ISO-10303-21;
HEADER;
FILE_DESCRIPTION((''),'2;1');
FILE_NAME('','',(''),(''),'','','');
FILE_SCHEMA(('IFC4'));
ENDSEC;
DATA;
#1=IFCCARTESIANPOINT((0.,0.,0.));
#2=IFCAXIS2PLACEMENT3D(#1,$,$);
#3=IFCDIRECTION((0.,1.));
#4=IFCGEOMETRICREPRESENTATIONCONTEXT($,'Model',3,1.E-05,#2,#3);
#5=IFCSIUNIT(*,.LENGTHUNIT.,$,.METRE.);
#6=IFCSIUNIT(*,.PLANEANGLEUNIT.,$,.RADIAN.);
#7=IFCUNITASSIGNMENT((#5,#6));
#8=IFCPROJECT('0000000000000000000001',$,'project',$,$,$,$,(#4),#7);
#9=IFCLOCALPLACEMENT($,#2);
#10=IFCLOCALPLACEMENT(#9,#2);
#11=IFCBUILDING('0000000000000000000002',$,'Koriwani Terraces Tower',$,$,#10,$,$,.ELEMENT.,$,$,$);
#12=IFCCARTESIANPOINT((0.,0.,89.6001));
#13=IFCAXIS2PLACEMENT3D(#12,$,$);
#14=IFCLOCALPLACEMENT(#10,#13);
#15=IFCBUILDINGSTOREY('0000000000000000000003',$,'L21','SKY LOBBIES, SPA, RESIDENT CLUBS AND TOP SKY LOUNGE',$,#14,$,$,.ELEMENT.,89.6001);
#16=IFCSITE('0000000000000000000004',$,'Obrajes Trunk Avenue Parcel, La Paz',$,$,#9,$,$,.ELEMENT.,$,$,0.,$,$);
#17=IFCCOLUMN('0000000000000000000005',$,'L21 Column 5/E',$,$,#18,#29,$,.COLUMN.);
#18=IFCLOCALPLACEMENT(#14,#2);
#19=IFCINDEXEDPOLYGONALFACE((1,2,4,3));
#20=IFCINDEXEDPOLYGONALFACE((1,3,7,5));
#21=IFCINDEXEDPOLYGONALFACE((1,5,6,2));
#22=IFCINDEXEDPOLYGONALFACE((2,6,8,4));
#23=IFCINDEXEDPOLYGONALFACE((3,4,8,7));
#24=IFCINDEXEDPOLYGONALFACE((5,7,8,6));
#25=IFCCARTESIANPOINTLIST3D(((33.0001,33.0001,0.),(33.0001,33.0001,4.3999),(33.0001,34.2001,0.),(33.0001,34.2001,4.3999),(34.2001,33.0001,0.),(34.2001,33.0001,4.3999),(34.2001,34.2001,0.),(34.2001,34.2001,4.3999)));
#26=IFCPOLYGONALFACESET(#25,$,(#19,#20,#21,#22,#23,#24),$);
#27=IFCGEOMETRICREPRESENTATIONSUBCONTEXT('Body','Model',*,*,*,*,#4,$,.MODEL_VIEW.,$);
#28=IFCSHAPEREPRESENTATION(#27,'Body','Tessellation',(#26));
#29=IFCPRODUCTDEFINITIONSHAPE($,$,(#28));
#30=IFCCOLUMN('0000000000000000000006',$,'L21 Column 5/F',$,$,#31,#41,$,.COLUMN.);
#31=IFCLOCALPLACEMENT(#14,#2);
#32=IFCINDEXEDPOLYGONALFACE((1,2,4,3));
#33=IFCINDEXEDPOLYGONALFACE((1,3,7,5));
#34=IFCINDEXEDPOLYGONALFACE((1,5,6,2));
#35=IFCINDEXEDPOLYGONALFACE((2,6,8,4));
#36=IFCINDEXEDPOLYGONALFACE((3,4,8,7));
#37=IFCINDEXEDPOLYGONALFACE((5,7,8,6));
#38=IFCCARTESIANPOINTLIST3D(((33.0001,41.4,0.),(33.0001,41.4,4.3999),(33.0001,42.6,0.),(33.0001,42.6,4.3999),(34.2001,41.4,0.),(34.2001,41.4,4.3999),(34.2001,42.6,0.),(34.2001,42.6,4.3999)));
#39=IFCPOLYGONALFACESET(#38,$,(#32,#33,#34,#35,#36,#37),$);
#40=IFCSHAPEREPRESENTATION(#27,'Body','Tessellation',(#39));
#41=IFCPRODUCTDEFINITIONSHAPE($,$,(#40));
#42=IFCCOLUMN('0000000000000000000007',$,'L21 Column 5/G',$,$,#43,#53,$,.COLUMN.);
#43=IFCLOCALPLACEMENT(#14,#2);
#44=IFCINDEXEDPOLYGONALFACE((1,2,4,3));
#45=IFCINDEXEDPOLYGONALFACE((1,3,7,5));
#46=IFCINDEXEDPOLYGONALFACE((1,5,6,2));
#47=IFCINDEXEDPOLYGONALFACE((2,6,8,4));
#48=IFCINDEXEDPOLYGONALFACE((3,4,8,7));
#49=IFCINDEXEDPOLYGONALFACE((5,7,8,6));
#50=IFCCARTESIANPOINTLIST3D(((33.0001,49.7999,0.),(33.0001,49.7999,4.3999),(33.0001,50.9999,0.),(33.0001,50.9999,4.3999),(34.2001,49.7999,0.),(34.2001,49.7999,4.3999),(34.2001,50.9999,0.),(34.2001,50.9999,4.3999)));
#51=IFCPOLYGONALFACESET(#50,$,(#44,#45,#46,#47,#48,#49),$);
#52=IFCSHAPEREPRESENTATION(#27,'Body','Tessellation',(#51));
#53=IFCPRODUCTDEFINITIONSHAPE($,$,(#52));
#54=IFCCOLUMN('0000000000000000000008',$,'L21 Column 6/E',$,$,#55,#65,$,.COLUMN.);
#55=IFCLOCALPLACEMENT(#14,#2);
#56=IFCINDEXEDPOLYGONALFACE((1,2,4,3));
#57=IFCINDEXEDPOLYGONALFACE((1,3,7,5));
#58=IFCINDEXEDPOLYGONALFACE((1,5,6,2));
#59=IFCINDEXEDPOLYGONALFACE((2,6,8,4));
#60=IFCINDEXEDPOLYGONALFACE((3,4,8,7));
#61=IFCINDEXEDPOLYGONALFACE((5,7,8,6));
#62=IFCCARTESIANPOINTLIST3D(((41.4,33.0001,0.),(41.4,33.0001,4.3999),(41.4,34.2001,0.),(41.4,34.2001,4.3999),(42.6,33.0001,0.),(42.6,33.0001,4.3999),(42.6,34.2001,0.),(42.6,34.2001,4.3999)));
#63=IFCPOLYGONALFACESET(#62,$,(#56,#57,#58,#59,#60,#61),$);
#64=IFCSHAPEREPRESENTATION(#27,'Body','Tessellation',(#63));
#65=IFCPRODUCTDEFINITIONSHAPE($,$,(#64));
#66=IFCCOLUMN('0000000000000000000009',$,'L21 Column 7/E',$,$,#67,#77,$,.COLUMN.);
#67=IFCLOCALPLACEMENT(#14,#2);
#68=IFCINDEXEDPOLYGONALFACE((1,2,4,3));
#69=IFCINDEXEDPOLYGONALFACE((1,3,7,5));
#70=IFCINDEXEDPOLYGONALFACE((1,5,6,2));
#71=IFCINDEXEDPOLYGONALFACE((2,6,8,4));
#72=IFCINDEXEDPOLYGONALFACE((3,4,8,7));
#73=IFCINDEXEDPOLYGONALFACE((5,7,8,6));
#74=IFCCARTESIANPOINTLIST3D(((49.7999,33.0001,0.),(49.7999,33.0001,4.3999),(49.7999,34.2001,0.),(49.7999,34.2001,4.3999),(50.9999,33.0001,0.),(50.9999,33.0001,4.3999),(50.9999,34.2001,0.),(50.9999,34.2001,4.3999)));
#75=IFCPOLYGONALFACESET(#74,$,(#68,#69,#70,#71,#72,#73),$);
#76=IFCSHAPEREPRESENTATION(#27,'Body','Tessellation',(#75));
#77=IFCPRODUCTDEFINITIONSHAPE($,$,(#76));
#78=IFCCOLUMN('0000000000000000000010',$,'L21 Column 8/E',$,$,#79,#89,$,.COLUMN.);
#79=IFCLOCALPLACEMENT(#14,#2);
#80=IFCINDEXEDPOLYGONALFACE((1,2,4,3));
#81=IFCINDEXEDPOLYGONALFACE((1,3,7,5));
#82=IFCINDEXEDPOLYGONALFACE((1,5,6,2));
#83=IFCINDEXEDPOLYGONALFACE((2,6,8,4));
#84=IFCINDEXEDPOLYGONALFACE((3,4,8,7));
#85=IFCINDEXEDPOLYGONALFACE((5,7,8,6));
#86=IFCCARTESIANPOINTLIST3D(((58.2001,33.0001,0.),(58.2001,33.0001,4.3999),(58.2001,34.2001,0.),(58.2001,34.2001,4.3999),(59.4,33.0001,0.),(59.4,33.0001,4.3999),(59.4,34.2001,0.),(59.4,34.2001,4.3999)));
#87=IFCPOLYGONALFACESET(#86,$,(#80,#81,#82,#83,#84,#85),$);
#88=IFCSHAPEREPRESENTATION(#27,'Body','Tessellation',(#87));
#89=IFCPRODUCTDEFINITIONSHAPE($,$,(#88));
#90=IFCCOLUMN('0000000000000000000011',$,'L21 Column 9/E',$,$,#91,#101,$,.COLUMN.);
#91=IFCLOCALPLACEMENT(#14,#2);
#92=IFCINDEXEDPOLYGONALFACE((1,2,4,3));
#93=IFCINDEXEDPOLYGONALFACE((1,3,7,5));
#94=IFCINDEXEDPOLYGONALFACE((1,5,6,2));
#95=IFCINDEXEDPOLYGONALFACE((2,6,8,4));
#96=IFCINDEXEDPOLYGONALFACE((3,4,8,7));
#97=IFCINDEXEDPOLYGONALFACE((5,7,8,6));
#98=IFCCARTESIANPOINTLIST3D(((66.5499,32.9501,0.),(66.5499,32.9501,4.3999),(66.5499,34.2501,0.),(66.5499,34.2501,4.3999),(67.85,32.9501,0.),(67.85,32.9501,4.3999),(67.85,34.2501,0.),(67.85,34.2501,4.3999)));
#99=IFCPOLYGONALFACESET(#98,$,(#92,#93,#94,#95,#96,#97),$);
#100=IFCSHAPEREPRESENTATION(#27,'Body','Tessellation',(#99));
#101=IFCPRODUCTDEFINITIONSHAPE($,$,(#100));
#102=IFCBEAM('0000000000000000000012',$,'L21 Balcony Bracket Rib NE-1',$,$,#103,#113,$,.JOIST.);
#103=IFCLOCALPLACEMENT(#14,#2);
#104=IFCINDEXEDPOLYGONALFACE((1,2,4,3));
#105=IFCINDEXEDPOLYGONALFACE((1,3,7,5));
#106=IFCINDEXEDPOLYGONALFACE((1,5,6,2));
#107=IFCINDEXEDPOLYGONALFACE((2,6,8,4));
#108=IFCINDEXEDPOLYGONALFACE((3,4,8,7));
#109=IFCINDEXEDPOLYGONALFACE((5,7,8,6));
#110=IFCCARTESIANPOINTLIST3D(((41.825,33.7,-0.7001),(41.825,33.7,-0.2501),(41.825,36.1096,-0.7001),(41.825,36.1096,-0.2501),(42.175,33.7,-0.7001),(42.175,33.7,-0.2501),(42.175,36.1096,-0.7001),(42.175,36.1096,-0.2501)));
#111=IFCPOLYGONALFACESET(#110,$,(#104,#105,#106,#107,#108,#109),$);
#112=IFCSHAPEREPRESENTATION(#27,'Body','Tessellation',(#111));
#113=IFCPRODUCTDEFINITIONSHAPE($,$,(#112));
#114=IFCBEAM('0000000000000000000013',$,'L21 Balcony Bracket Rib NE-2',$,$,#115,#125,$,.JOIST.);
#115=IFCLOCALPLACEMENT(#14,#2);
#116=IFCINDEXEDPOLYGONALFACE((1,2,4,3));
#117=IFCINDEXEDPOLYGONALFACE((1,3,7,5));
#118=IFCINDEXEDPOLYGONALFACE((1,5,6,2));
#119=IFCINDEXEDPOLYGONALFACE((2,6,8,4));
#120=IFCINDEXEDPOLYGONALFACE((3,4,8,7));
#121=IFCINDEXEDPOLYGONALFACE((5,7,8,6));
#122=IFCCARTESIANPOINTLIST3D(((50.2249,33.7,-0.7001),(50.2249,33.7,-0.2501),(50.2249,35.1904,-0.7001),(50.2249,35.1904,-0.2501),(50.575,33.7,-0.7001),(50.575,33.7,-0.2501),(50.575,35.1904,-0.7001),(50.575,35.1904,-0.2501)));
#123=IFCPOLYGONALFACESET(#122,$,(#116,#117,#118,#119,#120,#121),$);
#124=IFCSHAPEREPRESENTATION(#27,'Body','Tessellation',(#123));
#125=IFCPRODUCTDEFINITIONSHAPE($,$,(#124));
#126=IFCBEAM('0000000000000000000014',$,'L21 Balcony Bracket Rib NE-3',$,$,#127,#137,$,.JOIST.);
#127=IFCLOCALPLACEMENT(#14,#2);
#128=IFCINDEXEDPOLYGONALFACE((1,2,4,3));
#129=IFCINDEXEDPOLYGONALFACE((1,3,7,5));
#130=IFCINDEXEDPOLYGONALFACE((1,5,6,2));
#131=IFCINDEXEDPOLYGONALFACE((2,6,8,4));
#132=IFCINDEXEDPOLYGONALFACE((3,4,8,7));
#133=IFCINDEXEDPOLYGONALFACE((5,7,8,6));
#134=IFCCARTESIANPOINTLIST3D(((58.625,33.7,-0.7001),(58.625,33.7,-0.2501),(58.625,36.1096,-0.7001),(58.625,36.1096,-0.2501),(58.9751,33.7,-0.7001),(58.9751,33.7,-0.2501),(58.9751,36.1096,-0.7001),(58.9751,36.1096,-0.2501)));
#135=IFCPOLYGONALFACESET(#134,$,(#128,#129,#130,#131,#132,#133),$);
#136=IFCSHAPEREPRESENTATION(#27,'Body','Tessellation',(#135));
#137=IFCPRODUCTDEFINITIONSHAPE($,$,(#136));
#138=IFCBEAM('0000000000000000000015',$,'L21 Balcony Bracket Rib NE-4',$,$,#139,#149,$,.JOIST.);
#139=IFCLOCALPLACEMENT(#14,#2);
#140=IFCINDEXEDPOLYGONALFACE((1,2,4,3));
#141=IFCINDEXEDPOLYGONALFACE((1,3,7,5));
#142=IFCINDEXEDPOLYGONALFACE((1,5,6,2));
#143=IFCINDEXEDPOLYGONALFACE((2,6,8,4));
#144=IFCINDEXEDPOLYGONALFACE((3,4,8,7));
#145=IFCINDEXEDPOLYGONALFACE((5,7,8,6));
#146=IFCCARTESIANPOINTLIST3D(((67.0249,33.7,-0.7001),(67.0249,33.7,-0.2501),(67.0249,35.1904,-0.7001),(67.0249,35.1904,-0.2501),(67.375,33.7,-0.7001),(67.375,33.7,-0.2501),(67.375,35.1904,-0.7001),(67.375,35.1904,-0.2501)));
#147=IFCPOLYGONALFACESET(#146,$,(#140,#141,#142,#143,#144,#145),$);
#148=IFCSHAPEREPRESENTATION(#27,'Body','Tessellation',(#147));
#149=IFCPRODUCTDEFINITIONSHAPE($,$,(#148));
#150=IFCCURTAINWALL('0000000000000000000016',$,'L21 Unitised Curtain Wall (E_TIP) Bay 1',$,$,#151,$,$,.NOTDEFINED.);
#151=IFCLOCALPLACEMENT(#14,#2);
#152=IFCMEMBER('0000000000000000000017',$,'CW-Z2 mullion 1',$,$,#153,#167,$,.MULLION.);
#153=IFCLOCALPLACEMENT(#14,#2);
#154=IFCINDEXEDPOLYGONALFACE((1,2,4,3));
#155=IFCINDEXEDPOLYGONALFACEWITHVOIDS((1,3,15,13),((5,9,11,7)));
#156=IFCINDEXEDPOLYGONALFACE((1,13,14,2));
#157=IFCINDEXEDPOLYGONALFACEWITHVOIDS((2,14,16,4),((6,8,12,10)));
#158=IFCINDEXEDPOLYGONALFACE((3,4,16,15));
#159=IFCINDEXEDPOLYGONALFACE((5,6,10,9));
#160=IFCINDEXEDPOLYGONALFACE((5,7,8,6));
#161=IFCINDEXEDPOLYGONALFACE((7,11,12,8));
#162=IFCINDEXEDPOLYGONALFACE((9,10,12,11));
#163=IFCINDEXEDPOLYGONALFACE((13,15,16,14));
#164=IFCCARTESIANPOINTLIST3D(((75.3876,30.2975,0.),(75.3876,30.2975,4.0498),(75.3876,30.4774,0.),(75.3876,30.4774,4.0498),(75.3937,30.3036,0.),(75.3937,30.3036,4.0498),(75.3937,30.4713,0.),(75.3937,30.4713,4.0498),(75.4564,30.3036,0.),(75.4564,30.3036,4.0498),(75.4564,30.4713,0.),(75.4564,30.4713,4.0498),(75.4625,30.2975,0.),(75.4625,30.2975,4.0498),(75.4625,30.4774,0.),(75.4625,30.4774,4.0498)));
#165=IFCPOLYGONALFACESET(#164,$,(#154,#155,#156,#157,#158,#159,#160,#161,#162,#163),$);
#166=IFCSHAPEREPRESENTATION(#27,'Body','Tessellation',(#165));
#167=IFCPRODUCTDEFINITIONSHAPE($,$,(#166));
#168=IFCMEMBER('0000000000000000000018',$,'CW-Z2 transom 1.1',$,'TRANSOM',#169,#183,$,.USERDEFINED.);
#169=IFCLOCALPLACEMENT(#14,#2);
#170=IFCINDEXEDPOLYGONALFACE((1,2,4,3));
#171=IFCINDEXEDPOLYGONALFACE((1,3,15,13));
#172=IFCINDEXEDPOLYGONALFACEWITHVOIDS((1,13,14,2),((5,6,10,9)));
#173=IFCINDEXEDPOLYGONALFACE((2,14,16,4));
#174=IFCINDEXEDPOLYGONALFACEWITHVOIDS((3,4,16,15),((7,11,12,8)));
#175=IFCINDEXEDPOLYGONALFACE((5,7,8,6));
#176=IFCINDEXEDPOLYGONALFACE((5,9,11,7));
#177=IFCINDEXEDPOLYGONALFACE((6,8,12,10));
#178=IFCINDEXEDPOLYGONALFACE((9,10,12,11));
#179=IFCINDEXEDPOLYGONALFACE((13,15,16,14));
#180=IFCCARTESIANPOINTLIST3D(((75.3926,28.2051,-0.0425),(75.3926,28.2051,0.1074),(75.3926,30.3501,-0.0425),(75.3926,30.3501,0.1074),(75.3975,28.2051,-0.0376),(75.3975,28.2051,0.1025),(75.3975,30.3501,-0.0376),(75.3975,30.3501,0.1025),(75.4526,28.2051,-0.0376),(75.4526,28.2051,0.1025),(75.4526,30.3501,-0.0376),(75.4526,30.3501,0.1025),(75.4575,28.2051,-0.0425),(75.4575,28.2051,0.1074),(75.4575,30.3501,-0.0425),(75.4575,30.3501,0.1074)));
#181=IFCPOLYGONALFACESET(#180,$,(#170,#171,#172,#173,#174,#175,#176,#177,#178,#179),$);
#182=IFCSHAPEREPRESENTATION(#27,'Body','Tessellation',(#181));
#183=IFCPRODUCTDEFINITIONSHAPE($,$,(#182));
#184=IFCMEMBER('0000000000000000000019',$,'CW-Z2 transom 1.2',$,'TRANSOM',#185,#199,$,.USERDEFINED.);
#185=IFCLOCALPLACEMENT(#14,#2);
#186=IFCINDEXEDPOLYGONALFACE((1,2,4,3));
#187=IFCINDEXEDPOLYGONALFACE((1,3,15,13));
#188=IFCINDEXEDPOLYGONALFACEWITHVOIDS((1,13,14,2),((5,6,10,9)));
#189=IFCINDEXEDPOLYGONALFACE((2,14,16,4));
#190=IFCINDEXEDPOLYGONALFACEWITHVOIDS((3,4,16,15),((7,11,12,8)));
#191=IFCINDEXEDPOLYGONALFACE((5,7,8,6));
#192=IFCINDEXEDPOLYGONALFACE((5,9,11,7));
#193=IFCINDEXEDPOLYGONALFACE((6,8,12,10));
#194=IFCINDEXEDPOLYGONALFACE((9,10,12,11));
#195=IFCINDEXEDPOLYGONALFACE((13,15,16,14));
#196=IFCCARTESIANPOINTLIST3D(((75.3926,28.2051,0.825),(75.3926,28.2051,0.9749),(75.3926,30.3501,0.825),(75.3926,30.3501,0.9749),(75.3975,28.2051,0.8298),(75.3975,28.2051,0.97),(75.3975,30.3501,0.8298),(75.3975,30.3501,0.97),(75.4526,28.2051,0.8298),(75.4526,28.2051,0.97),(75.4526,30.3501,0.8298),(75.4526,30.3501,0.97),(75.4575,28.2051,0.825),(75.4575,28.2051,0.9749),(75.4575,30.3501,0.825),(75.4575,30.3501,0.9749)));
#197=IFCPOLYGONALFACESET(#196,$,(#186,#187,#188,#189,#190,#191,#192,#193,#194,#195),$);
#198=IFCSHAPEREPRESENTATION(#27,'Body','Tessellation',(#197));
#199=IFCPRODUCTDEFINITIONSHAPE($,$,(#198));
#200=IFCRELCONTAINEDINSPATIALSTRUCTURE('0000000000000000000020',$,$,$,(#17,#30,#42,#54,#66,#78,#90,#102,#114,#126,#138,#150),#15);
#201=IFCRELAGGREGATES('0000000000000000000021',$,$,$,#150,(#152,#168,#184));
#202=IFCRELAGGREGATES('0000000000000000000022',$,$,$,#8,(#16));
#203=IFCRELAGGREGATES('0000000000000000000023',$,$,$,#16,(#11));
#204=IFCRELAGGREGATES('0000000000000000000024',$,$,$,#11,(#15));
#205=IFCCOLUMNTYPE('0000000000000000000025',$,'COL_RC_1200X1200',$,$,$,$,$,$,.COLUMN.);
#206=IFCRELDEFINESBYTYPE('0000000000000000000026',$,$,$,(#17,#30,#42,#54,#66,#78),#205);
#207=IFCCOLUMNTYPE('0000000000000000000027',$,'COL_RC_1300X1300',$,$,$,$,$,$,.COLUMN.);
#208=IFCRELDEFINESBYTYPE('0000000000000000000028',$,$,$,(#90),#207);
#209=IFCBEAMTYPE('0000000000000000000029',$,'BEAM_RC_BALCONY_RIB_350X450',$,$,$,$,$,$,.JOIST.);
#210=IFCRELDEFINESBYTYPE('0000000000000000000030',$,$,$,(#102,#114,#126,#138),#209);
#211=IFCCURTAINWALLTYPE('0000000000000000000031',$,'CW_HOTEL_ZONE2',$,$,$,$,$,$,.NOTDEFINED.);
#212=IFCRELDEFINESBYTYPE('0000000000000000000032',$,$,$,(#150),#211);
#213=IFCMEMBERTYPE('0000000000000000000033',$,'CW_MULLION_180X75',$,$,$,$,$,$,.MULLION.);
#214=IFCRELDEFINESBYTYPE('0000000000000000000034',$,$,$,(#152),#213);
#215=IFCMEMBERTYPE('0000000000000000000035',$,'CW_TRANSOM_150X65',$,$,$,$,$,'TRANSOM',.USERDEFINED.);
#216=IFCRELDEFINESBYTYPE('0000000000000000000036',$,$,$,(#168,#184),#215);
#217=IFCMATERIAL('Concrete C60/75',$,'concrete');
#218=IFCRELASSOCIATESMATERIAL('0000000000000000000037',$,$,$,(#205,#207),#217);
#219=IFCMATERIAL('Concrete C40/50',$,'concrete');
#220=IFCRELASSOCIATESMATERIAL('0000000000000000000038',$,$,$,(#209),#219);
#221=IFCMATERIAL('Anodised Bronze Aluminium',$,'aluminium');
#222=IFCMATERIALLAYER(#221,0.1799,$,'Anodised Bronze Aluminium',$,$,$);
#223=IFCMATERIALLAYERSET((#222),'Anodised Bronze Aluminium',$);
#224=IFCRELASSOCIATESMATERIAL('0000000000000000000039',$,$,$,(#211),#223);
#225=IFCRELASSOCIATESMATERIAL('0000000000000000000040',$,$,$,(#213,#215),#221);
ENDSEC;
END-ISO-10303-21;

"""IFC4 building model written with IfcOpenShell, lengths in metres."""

from ifc_helpers import new_model, si_unit, direction, frame, origin, origin_2d, place, context, subcontext, project, spatial, rectangle, hollow_rectangle, extrude, material, layer, layer_set, material_profile, profile_set, type_object, element, aggregate, save


model = new_model("IFC4")

# Units and contexts
model_context = context("Model", 3, precision=1e-05, world=origin(), true_north=direction((0.0, 1.0)))
body_context = subcontext(model_context, "Body", "Model", "MODEL_VIEW")
ifc_project = project(units=[si_unit("LENGTHUNIT", "METRE"), si_unit("PLANEANGLEUNIT", "RADIAN")], contexts=[model_context])

# Site, building, storey
site_placement = place(None, origin())
site = spatial("IfcSite", under=ifc_project, at=site_placement, Name="Obrajes Trunk Avenue Parcel, La Paz", CompositionType="ELEMENT", RefElevation=0.0)
building_placement = place(site_placement, origin())
building = spatial("IfcBuilding", under=site, at=building_placement, Name="Koriwani Terraces Tower", CompositionType="ELEMENT")
storey_placement = place(building_placement, frame((0.0, 0.0, 89.6001)))
storey = spatial("IfcBuildingStorey", under=building, at=storey_placement, Name="L21", Description="SKY LOBBIES, SPA, RESIDENT CLUBS AND TOP SKY LOUNGE", CompositionType="ELEMENT", Elevation=89.6001)

# Columns
ifc_material_1 = material(Name="Concrete C60/75", Category="concrete")
ifc_material_profile_1 = material_profile(ifc_material_1, rectangle(XDim=1.2, YDim=1.2, at=origin_2d()), Name="Concrete C60/75", Category="LoadBearing")
ifc_profile_set_1 = profile_set([ifc_material_profile_1], Name="Concrete C60/75")
column_type_1 = type_object("IfcColumnType", Name="COL_RC_1200X1200", PredefinedType="COLUMN", material=ifc_profile_set_1)
for number, where, z_axis, x_axis, name in (
    (1, (33.6001, 33.6001, 0.0), (0.0, 0.0, 1.0), (1.0, 0.0, 0.0), "L21 Column 5/E"),
    (2, (33.6001, 42.0, 0.0), (0.0, 0.0, 1.0), (1.0, 0.0, 0.0), "L21 Column 5/F"),
    (3, (33.6001, 50.3999, 0.0), (0.0, 0.0, 1.0), (1.0, 0.0, 0.0), "L21 Column 5/G"),
    (4, (42.0, 33.6001, 0.0), (0.0, 0.0, 1.0), (1.0, 0.0, 0.0), "L21 Column 6/E"),
    (5, (50.3999, 33.6001, 0.0), (0.0, 0.0, 1.0), (1.0, 0.0, 0.0), "L21 Column 7/E"),
    (6, (58.8, 33.6001, 0.0), (0.0, 0.0, 1.0), (1.0, 0.0, 0.0), "L21 Column 8/E"),
):
    element("IfcColumn", number, at=place(storey_placement, frame(where, z_axis=z_axis, x_axis=x_axis)), inside=storey, type_object=column_type_1, Name=name, PredefinedType="COLUMN", context=body_context, shape_type="SweptSolid", body=[
        extrude(rectangle(XDim=1.2, YDim=1.2, at=origin_2d()), origin(), (0.0, 0.0, 1.0), 4.3999),
    ])
ifc_material_profile_2 = material_profile(ifc_material_1, rectangle(XDim=1.3, YDim=1.3, at=origin_2d()), Name="Concrete C60/75", Category="LoadBearing")
ifc_profile_set_2 = profile_set([ifc_material_profile_2], Name="Concrete C60/75")
column_type_2 = type_object("IfcColumnType", Name="COL_RC_1300X1300", PredefinedType="COLUMN", material=ifc_profile_set_2)
column_placement = place(storey_placement, frame((67.2, 33.6001, 0.0), z_axis=(0.0, 0.0, 1.0), x_axis=(1.0, 0.0, 0.0)))
element("IfcColumn", 7, at=column_placement, inside=storey, type_object=column_type_2, Name="L21 Column 9/E", PredefinedType="COLUMN", context=body_context, shape_type="SweptSolid", body=[
    extrude(rectangle(XDim=1.3, YDim=1.3, at=origin_2d()), origin(), (0.0, 0.0, 1.0), 4.3999),
])

# Beams
ifc_material_2 = material(Name="Concrete C40/50", Category="concrete")
ifc_material_profile_3 = material_profile(ifc_material_2, rectangle(XDim=0.3501, YDim=0.45, at=origin_2d()), Name="Concrete C40/50", Category="LoadBearing")
ifc_profile_set_3 = profile_set([ifc_material_profile_3], Name="Concrete C40/50")
beam_type_1 = type_object("IfcBeamType", Name="BEAM_RC_BALCONY_RIB_350X450", PredefinedType="JOIST", material=ifc_profile_set_3)
beam_1_placement = place(storey_placement, frame((42.0, 33.7, -0.4751), z_axis=(0.0, 1.0, 0.0), x_axis=(-1.0, 0.0, 0.0)))
element("IfcBeam", 8, at=beam_1_placement, inside=storey, type_object=beam_type_1, Name="L21 Balcony Bracket Rib NE-1", PredefinedType="JOIST", context=body_context, shape_type="SweptSolid", body=[
    extrude(rectangle(XDim=0.3501, YDim=0.45, at=origin_2d()), origin(), (0.0, 0.0, 1.0), 2.4097),
])
beam_2_placement = place(storey_placement, frame((50.3999, 33.7, -0.4751), z_axis=(0.0, 1.0, 0.0), x_axis=(-1.0, 0.0, 0.0)))
element("IfcBeam", 9, at=beam_2_placement, inside=storey, type_object=beam_type_1, Name="L21 Balcony Bracket Rib NE-2", PredefinedType="JOIST", context=body_context, shape_type="SweptSolid", body=[
    extrude(rectangle(XDim=0.3501, YDim=0.45, at=origin_2d()), origin(), (0.0, 0.0, 1.0), 1.4905),
])
beam_3_placement = place(storey_placement, frame((58.8, 33.7, -0.4751), z_axis=(0.0, 1.0, 0.0), x_axis=(-1.0, 0.0, 0.0)))
element("IfcBeam", 10, at=beam_3_placement, inside=storey, type_object=beam_type_1, Name="L21 Balcony Bracket Rib NE-3", PredefinedType="JOIST", context=body_context, shape_type="SweptSolid", body=[
    extrude(rectangle(XDim=0.3501, YDim=0.45, at=origin_2d()), origin(), (0.0, 0.0, 1.0), 2.4097),
])
beam_4_placement = place(storey_placement, frame((67.2, 33.7, -0.4751), z_axis=(0.0, 1.0, 0.0), x_axis=(-1.0, 0.0, 0.0)))
element("IfcBeam", 11, at=beam_4_placement, inside=storey, type_object=beam_type_1, Name="L21 Balcony Bracket Rib NE-4", PredefinedType="JOIST", context=body_context, shape_type="SweptSolid", body=[
    extrude(rectangle(XDim=0.3501, YDim=0.45, at=origin_2d()), origin(), (0.0, 0.0, 1.0), 1.4905),
])

# Curtain wall, members
ifc_material_3 = material(Name="Anodised Bronze Aluminium", Category="aluminium")
ifc_layer_1 = layer(ifc_material_3, 0.1799, Name="Anodised Bronze Aluminium")
ifc_layer_set_1 = layer_set([ifc_layer_1], Name="Anodised Bronze Aluminium")
curtain_wall_type = type_object("IfcCurtainWallType", Name="CW_HOTEL_ZONE2", PredefinedType="NOTDEFINED", material=ifc_layer_set_1)
curtain_wall_placement = place(storey_placement, origin())
curtain_wall = element("IfcCurtainWall", 12, at=curtain_wall_placement, inside=storey, type_object=curtain_wall_type, Name="L21 Unitised Curtain Wall (E_TIP) Bay 1", PredefinedType="NOTDEFINED")
ifc_material_profile_4 = material_profile(ifc_material_3, hollow_rectangle(XDim=0.075, YDim=0.1799, WallThickness=0.0061, at=origin_2d()), Name="Anodised Bronze Aluminium", Category="LoadBearing")
ifc_profile_set_4 = profile_set([ifc_material_profile_4], Name="Anodised Bronze Aluminium")
member_type_1 = type_object("IfcMemberType", Name="CW_MULLION_180X75", PredefinedType="MULLION", material=ifc_profile_set_4)
member_1_placement = place(storey_placement, frame((75.425, 30.3875, 0.0), z_axis=(0.0, 0.0, 1.0), x_axis=(1.0, 0.0, 0.0)))
member_1 = element("IfcMember", 13, at=member_1_placement, type_object=member_type_1, Name="CW-Z2 mullion 1", PredefinedType="MULLION", context=body_context, shape_type="SweptSolid", body=[
    extrude(hollow_rectangle(XDim=0.075, YDim=0.1799, WallThickness=0.0061, at=origin_2d()), origin(), (0.0, 0.0, 1.0), 4.0498),
])
ifc_material_profile_5 = material_profile(ifc_material_3, hollow_rectangle(XDim=0.0649, YDim=0.1499, WallThickness=0.0049, at=origin_2d()), Name="Anodised Bronze Aluminium", Category="LoadBearing")
ifc_profile_set_5 = profile_set([ifc_material_profile_5], Name="Anodised Bronze Aluminium")
member_type_2 = type_object("IfcMemberType", Name="CW_TRANSOM_150X65", ElementType="TRANSOM", PredefinedType="USERDEFINED", material=ifc_profile_set_5)
member_2_placement = place(storey_placement, frame((75.425, 30.3501, 0.0325), z_axis=(0.0, -1.0, 0.0), x_axis=(1.0, 0.0, 0.0)))
member_2 = element("IfcMember", 14, at=member_2_placement, type_object=member_type_2, Name="CW-Z2 transom 1.1", ObjectType="TRANSOM", PredefinedType="USERDEFINED", context=body_context, shape_type="SweptSolid", body=[
    extrude(hollow_rectangle(XDim=0.0649, YDim=0.1499, WallThickness=0.0049, at=origin_2d()), origin(), (0.0, 0.0, 1.0), 2.145),
])
member_3_placement = place(storey_placement, frame((75.425, 30.3501, 0.8999), z_axis=(0.0, -1.0, 0.0), x_axis=(1.0, 0.0, 0.0)))
member_3 = element("IfcMember", 15, at=member_3_placement, type_object=member_type_2, Name="CW-Z2 transom 1.2", ObjectType="TRANSOM", PredefinedType="USERDEFINED", context=body_context, shape_type="SweptSolid", body=[
    extrude(hollow_rectangle(XDim=0.0649, YDim=0.1499, WallThickness=0.0049, at=origin_2d()), origin(), (0.0, 0.0, 1.0), 2.145),
])

aggregate(curtain_wall, [member_1, member_2, member_3])

save(model, "model.ifc")
